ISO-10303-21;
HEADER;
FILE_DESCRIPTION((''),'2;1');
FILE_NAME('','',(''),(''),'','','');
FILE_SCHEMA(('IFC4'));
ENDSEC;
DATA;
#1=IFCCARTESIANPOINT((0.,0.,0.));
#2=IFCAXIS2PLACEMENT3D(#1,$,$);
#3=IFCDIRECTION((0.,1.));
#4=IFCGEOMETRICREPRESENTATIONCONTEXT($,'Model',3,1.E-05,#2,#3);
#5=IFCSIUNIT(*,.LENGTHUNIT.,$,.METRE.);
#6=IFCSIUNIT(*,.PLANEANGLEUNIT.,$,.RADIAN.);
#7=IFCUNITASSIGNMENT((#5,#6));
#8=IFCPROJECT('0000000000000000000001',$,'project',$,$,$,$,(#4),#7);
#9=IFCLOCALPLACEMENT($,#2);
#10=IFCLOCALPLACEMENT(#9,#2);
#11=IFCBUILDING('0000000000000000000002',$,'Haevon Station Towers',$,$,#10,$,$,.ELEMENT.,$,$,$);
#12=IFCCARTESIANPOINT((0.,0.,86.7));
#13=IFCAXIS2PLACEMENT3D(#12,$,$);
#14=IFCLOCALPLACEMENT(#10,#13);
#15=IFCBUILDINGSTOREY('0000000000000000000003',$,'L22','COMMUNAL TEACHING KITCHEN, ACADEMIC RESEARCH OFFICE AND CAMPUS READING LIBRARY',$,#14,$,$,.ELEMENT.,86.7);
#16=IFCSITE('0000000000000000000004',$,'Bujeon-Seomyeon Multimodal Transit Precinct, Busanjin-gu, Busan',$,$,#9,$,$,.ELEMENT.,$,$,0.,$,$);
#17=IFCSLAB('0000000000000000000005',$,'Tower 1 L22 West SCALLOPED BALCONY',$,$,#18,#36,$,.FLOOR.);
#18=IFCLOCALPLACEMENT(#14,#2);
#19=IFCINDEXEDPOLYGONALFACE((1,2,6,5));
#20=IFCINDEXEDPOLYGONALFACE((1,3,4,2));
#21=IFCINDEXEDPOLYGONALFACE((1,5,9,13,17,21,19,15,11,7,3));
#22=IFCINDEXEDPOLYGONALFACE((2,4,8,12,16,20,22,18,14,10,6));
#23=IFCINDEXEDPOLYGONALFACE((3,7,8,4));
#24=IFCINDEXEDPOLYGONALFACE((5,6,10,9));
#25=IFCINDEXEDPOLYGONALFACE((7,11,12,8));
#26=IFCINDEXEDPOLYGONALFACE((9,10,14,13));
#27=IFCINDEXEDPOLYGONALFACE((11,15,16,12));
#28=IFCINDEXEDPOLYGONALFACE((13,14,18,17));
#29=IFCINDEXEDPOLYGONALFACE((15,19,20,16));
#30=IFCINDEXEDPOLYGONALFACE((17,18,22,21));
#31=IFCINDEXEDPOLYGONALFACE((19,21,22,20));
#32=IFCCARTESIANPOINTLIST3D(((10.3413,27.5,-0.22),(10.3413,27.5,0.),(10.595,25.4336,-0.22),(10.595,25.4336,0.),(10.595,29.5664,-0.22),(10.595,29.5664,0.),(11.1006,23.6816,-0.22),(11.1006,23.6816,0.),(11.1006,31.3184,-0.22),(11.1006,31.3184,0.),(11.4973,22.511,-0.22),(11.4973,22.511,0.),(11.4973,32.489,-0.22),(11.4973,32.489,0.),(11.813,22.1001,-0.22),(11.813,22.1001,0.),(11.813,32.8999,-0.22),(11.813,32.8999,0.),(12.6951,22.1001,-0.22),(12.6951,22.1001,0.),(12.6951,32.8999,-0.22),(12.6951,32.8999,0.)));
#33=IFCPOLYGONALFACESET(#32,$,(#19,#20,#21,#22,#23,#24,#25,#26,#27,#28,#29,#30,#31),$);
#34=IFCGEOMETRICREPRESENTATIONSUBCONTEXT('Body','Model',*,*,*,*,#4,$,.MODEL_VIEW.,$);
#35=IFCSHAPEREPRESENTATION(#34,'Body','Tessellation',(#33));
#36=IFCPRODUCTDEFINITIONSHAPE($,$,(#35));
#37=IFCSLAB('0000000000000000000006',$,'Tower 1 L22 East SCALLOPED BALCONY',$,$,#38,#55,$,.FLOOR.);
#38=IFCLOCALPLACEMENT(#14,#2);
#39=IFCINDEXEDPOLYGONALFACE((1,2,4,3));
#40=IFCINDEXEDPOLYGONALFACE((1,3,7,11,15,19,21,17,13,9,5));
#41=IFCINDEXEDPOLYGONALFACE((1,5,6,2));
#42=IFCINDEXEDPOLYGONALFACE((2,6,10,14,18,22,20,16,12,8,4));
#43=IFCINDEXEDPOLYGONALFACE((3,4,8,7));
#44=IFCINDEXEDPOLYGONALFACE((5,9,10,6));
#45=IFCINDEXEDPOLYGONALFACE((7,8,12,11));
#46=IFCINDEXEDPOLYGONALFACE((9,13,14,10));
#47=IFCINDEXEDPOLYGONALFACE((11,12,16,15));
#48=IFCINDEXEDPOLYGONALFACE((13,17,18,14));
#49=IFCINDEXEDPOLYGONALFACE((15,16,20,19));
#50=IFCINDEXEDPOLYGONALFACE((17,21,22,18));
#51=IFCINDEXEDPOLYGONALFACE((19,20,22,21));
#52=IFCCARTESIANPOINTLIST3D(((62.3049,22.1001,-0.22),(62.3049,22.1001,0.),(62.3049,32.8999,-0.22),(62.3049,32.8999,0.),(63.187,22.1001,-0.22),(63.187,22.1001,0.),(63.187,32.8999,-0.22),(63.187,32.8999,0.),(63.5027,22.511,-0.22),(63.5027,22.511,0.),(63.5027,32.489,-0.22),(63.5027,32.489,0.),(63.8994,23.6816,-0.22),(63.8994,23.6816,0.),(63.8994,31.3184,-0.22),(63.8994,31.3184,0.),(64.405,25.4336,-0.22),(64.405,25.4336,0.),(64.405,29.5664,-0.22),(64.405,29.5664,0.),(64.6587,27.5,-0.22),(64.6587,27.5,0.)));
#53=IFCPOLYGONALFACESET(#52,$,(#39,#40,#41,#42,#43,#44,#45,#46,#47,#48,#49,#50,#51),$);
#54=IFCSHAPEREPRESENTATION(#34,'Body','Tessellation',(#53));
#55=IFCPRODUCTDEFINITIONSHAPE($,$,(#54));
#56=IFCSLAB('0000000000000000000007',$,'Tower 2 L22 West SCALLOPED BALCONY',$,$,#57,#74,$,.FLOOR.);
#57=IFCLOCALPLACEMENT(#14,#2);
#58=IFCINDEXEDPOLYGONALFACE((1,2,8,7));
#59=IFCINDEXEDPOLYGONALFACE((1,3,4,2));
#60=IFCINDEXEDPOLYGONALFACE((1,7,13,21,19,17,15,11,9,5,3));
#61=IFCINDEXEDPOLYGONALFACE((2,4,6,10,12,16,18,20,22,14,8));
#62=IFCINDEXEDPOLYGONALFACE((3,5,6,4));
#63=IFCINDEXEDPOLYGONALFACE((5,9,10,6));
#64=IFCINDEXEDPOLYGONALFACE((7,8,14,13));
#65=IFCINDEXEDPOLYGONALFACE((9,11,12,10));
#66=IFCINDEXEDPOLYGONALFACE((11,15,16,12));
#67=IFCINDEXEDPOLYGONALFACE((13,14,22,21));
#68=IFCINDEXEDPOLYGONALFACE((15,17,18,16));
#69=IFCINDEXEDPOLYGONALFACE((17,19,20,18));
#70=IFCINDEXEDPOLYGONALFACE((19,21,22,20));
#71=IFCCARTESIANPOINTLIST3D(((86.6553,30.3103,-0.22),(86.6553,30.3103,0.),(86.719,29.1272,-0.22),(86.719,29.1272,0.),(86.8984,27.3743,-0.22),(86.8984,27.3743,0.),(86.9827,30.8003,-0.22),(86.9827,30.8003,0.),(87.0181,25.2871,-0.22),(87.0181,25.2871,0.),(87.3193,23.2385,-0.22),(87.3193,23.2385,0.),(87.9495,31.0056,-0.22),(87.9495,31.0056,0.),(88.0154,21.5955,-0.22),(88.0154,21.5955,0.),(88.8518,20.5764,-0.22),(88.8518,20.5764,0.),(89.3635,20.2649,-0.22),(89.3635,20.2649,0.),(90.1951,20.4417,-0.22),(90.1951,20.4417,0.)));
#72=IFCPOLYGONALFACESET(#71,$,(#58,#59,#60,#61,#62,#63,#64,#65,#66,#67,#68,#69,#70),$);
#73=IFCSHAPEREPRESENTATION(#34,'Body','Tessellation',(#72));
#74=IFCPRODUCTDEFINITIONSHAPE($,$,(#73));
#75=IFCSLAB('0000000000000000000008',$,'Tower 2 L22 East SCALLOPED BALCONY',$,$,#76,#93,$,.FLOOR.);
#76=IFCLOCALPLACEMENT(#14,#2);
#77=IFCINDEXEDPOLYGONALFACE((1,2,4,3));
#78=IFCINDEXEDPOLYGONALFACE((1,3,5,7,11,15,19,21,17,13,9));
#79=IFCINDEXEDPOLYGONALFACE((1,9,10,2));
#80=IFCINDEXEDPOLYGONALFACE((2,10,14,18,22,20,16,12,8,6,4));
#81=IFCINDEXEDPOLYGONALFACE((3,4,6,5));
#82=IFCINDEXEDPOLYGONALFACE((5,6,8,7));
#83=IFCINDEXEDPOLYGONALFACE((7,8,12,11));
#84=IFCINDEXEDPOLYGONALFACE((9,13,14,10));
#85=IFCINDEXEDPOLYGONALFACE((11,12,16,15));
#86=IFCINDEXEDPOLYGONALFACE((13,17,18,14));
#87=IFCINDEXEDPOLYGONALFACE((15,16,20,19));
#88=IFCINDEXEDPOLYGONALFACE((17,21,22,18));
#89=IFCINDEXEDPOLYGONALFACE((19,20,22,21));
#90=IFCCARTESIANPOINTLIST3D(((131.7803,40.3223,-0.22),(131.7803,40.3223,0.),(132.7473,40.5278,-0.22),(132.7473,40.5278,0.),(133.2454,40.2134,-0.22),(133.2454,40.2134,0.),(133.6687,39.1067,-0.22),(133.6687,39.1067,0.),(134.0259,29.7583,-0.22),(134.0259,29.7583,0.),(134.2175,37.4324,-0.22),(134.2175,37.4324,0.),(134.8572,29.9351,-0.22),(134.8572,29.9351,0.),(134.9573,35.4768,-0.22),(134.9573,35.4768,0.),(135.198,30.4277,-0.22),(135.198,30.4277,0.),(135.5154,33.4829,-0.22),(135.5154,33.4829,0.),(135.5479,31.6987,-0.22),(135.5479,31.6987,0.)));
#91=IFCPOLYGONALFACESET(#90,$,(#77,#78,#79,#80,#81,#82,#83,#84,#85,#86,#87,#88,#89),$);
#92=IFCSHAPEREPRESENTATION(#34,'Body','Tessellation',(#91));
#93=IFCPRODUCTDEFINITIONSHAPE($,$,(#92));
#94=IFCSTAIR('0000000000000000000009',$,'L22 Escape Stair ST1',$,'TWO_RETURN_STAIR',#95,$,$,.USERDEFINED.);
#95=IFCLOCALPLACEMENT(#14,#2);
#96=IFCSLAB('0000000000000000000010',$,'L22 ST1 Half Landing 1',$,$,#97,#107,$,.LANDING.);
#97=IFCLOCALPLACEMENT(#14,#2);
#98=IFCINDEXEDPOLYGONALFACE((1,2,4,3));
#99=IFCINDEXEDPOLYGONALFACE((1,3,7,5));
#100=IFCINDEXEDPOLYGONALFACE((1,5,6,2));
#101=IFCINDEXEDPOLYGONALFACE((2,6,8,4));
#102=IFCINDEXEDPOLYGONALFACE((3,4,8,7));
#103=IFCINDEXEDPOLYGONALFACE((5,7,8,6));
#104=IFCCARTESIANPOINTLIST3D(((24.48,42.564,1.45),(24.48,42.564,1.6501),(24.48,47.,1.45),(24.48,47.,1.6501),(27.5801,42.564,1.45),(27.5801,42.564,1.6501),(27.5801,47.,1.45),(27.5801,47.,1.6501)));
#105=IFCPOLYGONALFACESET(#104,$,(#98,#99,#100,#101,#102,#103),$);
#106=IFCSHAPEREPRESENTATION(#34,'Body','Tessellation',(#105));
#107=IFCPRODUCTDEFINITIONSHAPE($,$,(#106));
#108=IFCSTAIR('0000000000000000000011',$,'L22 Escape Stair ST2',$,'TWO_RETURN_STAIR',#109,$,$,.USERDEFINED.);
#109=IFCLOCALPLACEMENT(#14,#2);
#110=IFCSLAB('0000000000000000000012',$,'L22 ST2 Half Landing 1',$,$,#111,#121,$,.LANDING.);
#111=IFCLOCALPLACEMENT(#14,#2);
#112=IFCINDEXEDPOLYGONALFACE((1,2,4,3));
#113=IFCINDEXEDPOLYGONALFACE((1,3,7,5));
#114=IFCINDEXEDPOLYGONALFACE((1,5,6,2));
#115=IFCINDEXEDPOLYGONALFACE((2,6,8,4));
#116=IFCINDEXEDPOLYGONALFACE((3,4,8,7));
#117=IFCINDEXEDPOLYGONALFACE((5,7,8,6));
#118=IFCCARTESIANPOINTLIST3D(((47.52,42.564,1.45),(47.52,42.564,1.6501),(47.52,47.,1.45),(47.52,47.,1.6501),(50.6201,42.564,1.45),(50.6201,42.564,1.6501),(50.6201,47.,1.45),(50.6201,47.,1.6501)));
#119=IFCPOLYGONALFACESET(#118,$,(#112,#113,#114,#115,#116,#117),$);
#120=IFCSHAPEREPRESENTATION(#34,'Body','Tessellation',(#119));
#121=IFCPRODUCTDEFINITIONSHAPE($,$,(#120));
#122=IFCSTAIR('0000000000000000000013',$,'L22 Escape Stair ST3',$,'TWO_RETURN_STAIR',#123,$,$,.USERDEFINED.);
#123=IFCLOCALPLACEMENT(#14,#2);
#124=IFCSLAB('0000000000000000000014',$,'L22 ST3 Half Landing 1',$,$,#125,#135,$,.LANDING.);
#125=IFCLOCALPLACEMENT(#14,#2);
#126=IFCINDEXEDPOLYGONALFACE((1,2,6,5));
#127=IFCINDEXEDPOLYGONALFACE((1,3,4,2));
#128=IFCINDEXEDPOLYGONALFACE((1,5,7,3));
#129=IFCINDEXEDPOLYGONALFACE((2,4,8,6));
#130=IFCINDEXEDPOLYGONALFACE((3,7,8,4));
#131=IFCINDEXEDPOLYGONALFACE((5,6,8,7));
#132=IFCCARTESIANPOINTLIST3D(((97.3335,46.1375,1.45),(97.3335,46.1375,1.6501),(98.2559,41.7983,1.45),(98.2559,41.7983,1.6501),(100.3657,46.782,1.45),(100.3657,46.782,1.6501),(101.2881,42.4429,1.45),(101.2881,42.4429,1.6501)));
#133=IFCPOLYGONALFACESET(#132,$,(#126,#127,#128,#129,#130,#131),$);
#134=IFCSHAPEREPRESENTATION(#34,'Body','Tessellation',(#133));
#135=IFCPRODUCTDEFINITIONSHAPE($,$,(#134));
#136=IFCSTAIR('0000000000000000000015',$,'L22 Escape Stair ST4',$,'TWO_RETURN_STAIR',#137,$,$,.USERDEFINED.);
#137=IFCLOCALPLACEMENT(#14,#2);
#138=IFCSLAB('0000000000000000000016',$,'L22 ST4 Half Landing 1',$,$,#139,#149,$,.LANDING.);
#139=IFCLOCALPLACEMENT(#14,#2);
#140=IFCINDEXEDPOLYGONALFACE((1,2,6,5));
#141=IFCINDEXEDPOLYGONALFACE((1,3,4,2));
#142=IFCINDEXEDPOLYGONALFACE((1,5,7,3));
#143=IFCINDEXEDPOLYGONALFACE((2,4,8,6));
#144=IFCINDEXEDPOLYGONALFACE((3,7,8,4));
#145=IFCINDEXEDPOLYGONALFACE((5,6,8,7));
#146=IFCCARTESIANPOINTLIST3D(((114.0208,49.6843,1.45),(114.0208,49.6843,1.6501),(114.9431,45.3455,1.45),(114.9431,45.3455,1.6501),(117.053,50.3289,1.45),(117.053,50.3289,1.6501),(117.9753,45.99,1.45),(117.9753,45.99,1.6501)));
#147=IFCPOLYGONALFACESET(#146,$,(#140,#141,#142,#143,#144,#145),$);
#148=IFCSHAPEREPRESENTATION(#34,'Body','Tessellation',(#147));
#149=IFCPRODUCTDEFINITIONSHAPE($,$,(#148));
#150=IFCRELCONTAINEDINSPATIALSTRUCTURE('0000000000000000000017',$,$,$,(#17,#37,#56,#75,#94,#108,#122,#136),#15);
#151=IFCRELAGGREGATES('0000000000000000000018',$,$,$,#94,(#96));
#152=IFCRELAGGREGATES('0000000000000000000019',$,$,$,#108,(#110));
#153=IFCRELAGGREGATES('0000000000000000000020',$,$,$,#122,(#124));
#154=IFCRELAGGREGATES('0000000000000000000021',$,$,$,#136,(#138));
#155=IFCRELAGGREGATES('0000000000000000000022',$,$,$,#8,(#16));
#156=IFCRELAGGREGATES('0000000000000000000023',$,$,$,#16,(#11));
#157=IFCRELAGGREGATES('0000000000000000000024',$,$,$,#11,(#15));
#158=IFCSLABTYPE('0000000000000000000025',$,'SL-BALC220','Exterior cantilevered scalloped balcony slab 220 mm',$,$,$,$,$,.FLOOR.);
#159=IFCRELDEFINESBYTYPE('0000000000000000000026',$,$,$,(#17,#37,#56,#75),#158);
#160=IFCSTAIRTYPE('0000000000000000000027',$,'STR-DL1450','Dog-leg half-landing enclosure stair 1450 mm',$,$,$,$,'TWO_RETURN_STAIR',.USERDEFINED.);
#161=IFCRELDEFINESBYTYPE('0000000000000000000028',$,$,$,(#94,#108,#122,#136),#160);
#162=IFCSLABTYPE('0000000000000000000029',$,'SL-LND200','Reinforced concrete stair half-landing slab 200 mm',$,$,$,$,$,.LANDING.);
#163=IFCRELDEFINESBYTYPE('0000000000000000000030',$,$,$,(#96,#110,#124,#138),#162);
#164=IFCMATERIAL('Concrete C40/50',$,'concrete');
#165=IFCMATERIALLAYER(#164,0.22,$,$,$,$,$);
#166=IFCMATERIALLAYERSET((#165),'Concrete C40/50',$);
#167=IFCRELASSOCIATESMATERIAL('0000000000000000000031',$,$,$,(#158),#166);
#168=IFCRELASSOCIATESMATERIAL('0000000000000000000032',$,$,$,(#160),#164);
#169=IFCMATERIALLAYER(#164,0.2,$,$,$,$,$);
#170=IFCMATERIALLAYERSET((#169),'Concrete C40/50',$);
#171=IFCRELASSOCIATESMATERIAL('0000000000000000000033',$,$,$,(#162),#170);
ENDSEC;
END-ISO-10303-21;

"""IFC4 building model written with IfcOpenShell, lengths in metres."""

from ifc_helpers import new_model, si_unit, direction, frame, origin, place, context, subcontext, project, spatial, polyline, outline, extrude, material, layer, layer_set, type_object, element, aggregate, save


model = new_model("IFC4")

# Units and contexts
model_context = context("Model", 3, precision=1e-05, world=origin(), true_north=direction((0.0, 1.0)))
body_context = subcontext(model_context, "Body", "Model", "MODEL_VIEW")
ifc_project = project(units=[si_unit("LENGTHUNIT", "METRE"), si_unit("PLANEANGLEUNIT", "RADIAN")], contexts=[model_context])

# Site, building, storey
site_placement = place(None, origin())
site = spatial("IfcSite", under=ifc_project, at=site_placement, Name="Bujeon-Seomyeon Multimodal Transit Precinct, Busanjin-gu, Busan", CompositionType="ELEMENT", RefElevation=0.0)
building_placement = place(site_placement, origin())
building = spatial("IfcBuilding", under=site, at=building_placement, Name="Haevon Station Towers", CompositionType="ELEMENT")
storey_placement = place(building_placement, frame((0.0, 0.0, 86.7)))
storey = spatial("IfcBuildingStorey", under=building, at=storey_placement, Name="L22", Description="COMMUNAL TEACHING KITCHEN, ACADEMIC RESEARCH OFFICE AND CAMPUS READING LIBRARY", CompositionType="ELEMENT", Elevation=86.7)

# Slabs
ifc_material_1 = material(Name="Concrete C40/50", Category="concrete")
ifc_layer_1 = layer(ifc_material_1, 0.22)
ifc_layer_set_1 = layer_set([ifc_layer_1], Name="Concrete C40/50")
slab_type_1 = type_object("IfcSlabType", Name="SL-BALC220", Description="Exterior cantilevered scalloped balcony slab 220 mm", PredefinedType="FLOOR", material=ifc_layer_set_1)
slab_1_placement = place(storey_placement, frame((0.0, 0.0, -0.22)))
element("IfcSlab", 1, at=slab_1_placement, inside=storey, type_object=slab_type_1, Name="Tower 1 L22 West SCALLOPED BALCONY", PredefinedType="FLOOR", context=body_context, shape_type="SweptSolid", body=[
    extrude(outline(polyline([(12.6951, 32.8999), (11.813, 32.8999), (11.4973, 32.489), (11.1006, 31.3184), (10.595, 29.5664), (10.3413, 27.5), (10.595, 25.4336), (11.1006, 23.6816), (11.4973, 22.511), (11.813, 22.1001), (12.6951, 22.1001), (12.6951, 32.8999)])), origin(), (0.0, 0.0, 1.0), 0.22),
])
slab_2_placement = place(storey_placement, frame((0.0, 0.0, -0.22)))
element("IfcSlab", 2, at=slab_2_placement, inside=storey, type_object=slab_type_1, Name="Tower 1 L22 East SCALLOPED BALCONY", PredefinedType="FLOOR", context=body_context, shape_type="SweptSolid", body=[
    extrude(outline(polyline([(62.3049, 22.1001), (63.187, 22.1001), (63.5027, 22.511), (63.8994, 23.6816), (64.405, 25.4336), (64.6587, 27.5), (64.405, 29.5664), (63.8994, 31.3184), (63.5027, 32.489), (63.187, 32.8999), (62.3049, 32.8999), (62.3049, 22.1001)])), origin(), (0.0, 0.0, 1.0), 0.22),
])
slab_3_placement = place(storey_placement, frame((0.0, 0.0, -0.22)))
element("IfcSlab", 3, at=slab_3_placement, inside=storey, type_object=slab_type_1, Name="Tower 2 L22 West SCALLOPED BALCONY", PredefinedType="FLOOR", context=body_context, shape_type="SweptSolid", body=[
    extrude(outline(polyline([(87.9495, 31.0056), (86.9827, 30.8003), (86.6553, 30.3103), (86.719, 29.1272), (86.8984, 27.3743), (87.0181, 25.2871), (87.3193, 23.2385), (88.0154, 21.5955), (88.8518, 20.5764), (89.3635, 20.2649), (90.1951, 20.4417), (87.9495, 31.0056)])), origin(), (0.0, 0.0, 1.0), 0.22),
])
slab_4_placement = place(storey_placement, frame((0.0, 0.0, -0.22)))
element("IfcSlab", 4, at=slab_4_placement, inside=storey, type_object=slab_type_1, Name="Tower 2 L22 East SCALLOPED BALCONY", PredefinedType="FLOOR", context=body_context, shape_type="SweptSolid", body=[
    extrude(outline(polyline([(134.0259, 29.7583), (134.8572, 29.9351), (135.198, 30.4277), (135.5479, 31.6987), (135.5154, 33.4829), (134.9573, 35.4768), (134.2175, 37.4324), (133.6687, 39.1067), (133.2454, 40.2134), (132.7473, 40.5278), (131.7803, 40.3223), (134.0259, 29.7583)])), origin(), (0.0, 0.0, 1.0), 0.22),
])

# Stairs, slabs
stair_type = type_object("IfcStairType", Name="STR-DL1450", Description="Dog-leg half-landing enclosure stair 1450 mm", ElementType="TWO_RETURN_STAIR", PredefinedType="USERDEFINED", material=ifc_material_1)
stair_1_placement = place(storey_placement, origin())
stair_1 = element("IfcStair", 5, at=stair_1_placement, inside=storey, type_object=stair_type, Name="L22 Escape Stair ST1", ObjectType="TWO_RETURN_STAIR", PredefinedType="USERDEFINED")
ifc_layer_2 = layer(ifc_material_1, 0.2)
ifc_layer_set_2 = layer_set([ifc_layer_2], Name="Concrete C40/50")
slab_type_2 = type_object("IfcSlabType", Name="SL-LND200", Description="Reinforced concrete stair half-landing slab 200 mm", PredefinedType="LANDING", material=ifc_layer_set_2)
slab_5_placement = place(storey_placement, frame((0.0, 0.0, 1.45)))
slab_5 = element("IfcSlab", 6, at=slab_5_placement, type_object=slab_type_2, Name="L22 ST1 Half Landing 1", PredefinedType="LANDING", context=body_context, shape_type="SweptSolid", body=[
    extrude(outline(polyline([(27.5801, 42.564), (27.5801, 47.0), (24.48, 47.0), (24.48, 42.564), (27.5801, 42.564)])), origin(), (0.0, 0.0, 1.0), 0.2002),
])
aggregate(stair_1, [slab_5])
stair_2_placement = place(storey_placement, origin())
stair_2 = element("IfcStair", 7, at=stair_2_placement, inside=storey, type_object=stair_type, Name="L22 Escape Stair ST2", ObjectType="TWO_RETURN_STAIR", PredefinedType="USERDEFINED")
slab_6_placement = place(storey_placement, frame((0.0, 0.0, 1.45)))
slab_6 = element("IfcSlab", 8, at=slab_6_placement, type_object=slab_type_2, Name="L22 ST2 Half Landing 1", PredefinedType="LANDING", context=body_context, shape_type="SweptSolid", body=[
    extrude(outline(polyline([(50.6201, 42.564), (50.6201, 47.0), (47.52, 47.0), (47.52, 42.564), (50.6201, 42.564)])), origin(), (0.0, 0.0, 1.0), 0.2002),
])
aggregate(stair_2, [slab_6])
stair_3_placement = place(storey_placement, origin())
stair_3 = element("IfcStair", 9, at=stair_3_placement, inside=storey, type_object=stair_type, Name="L22 Escape Stair ST3", ObjectType="TWO_RETURN_STAIR", PredefinedType="USERDEFINED")
slab_7_placement = place(storey_placement, frame((0.0, 0.0, 1.45)))
slab_7 = element("IfcSlab", 10, at=slab_7_placement, type_object=slab_type_2, Name="L22 ST3 Half Landing 1", PredefinedType="LANDING", context=body_context, shape_type="SweptSolid", body=[
    extrude(outline(polyline([(101.2881, 42.4429), (100.3657, 46.782), (97.3335, 46.1375), (98.2559, 41.7983), (101.2881, 42.4429)])), origin(), (0.0, 0.0, 1.0), 0.2002),
])
aggregate(stair_3, [slab_7])
stair_4_placement = place(storey_placement, origin())
stair_4 = element("IfcStair", 11, at=stair_4_placement, inside=storey, type_object=stair_type, Name="L22 Escape Stair ST4", ObjectType="TWO_RETURN_STAIR", PredefinedType="USERDEFINED")
slab_8_placement = place(storey_placement, frame((0.0, 0.0, 1.45)))
slab_8 = element("IfcSlab", 12, at=slab_8_placement, type_object=slab_type_2, Name="L22 ST4 Half Landing 1", PredefinedType="LANDING", context=body_context, shape_type="SweptSolid", body=[
    extrude(outline(polyline([(117.9753, 45.99), (117.053, 50.3289), (114.0208, 49.6843), (114.9431, 45.3455), (117.9753, 45.99)])), origin(), (0.0, 0.0, 1.0), 0.2002),
])
aggregate(stair_4, [slab_8])

save(model, "model.ifc")
